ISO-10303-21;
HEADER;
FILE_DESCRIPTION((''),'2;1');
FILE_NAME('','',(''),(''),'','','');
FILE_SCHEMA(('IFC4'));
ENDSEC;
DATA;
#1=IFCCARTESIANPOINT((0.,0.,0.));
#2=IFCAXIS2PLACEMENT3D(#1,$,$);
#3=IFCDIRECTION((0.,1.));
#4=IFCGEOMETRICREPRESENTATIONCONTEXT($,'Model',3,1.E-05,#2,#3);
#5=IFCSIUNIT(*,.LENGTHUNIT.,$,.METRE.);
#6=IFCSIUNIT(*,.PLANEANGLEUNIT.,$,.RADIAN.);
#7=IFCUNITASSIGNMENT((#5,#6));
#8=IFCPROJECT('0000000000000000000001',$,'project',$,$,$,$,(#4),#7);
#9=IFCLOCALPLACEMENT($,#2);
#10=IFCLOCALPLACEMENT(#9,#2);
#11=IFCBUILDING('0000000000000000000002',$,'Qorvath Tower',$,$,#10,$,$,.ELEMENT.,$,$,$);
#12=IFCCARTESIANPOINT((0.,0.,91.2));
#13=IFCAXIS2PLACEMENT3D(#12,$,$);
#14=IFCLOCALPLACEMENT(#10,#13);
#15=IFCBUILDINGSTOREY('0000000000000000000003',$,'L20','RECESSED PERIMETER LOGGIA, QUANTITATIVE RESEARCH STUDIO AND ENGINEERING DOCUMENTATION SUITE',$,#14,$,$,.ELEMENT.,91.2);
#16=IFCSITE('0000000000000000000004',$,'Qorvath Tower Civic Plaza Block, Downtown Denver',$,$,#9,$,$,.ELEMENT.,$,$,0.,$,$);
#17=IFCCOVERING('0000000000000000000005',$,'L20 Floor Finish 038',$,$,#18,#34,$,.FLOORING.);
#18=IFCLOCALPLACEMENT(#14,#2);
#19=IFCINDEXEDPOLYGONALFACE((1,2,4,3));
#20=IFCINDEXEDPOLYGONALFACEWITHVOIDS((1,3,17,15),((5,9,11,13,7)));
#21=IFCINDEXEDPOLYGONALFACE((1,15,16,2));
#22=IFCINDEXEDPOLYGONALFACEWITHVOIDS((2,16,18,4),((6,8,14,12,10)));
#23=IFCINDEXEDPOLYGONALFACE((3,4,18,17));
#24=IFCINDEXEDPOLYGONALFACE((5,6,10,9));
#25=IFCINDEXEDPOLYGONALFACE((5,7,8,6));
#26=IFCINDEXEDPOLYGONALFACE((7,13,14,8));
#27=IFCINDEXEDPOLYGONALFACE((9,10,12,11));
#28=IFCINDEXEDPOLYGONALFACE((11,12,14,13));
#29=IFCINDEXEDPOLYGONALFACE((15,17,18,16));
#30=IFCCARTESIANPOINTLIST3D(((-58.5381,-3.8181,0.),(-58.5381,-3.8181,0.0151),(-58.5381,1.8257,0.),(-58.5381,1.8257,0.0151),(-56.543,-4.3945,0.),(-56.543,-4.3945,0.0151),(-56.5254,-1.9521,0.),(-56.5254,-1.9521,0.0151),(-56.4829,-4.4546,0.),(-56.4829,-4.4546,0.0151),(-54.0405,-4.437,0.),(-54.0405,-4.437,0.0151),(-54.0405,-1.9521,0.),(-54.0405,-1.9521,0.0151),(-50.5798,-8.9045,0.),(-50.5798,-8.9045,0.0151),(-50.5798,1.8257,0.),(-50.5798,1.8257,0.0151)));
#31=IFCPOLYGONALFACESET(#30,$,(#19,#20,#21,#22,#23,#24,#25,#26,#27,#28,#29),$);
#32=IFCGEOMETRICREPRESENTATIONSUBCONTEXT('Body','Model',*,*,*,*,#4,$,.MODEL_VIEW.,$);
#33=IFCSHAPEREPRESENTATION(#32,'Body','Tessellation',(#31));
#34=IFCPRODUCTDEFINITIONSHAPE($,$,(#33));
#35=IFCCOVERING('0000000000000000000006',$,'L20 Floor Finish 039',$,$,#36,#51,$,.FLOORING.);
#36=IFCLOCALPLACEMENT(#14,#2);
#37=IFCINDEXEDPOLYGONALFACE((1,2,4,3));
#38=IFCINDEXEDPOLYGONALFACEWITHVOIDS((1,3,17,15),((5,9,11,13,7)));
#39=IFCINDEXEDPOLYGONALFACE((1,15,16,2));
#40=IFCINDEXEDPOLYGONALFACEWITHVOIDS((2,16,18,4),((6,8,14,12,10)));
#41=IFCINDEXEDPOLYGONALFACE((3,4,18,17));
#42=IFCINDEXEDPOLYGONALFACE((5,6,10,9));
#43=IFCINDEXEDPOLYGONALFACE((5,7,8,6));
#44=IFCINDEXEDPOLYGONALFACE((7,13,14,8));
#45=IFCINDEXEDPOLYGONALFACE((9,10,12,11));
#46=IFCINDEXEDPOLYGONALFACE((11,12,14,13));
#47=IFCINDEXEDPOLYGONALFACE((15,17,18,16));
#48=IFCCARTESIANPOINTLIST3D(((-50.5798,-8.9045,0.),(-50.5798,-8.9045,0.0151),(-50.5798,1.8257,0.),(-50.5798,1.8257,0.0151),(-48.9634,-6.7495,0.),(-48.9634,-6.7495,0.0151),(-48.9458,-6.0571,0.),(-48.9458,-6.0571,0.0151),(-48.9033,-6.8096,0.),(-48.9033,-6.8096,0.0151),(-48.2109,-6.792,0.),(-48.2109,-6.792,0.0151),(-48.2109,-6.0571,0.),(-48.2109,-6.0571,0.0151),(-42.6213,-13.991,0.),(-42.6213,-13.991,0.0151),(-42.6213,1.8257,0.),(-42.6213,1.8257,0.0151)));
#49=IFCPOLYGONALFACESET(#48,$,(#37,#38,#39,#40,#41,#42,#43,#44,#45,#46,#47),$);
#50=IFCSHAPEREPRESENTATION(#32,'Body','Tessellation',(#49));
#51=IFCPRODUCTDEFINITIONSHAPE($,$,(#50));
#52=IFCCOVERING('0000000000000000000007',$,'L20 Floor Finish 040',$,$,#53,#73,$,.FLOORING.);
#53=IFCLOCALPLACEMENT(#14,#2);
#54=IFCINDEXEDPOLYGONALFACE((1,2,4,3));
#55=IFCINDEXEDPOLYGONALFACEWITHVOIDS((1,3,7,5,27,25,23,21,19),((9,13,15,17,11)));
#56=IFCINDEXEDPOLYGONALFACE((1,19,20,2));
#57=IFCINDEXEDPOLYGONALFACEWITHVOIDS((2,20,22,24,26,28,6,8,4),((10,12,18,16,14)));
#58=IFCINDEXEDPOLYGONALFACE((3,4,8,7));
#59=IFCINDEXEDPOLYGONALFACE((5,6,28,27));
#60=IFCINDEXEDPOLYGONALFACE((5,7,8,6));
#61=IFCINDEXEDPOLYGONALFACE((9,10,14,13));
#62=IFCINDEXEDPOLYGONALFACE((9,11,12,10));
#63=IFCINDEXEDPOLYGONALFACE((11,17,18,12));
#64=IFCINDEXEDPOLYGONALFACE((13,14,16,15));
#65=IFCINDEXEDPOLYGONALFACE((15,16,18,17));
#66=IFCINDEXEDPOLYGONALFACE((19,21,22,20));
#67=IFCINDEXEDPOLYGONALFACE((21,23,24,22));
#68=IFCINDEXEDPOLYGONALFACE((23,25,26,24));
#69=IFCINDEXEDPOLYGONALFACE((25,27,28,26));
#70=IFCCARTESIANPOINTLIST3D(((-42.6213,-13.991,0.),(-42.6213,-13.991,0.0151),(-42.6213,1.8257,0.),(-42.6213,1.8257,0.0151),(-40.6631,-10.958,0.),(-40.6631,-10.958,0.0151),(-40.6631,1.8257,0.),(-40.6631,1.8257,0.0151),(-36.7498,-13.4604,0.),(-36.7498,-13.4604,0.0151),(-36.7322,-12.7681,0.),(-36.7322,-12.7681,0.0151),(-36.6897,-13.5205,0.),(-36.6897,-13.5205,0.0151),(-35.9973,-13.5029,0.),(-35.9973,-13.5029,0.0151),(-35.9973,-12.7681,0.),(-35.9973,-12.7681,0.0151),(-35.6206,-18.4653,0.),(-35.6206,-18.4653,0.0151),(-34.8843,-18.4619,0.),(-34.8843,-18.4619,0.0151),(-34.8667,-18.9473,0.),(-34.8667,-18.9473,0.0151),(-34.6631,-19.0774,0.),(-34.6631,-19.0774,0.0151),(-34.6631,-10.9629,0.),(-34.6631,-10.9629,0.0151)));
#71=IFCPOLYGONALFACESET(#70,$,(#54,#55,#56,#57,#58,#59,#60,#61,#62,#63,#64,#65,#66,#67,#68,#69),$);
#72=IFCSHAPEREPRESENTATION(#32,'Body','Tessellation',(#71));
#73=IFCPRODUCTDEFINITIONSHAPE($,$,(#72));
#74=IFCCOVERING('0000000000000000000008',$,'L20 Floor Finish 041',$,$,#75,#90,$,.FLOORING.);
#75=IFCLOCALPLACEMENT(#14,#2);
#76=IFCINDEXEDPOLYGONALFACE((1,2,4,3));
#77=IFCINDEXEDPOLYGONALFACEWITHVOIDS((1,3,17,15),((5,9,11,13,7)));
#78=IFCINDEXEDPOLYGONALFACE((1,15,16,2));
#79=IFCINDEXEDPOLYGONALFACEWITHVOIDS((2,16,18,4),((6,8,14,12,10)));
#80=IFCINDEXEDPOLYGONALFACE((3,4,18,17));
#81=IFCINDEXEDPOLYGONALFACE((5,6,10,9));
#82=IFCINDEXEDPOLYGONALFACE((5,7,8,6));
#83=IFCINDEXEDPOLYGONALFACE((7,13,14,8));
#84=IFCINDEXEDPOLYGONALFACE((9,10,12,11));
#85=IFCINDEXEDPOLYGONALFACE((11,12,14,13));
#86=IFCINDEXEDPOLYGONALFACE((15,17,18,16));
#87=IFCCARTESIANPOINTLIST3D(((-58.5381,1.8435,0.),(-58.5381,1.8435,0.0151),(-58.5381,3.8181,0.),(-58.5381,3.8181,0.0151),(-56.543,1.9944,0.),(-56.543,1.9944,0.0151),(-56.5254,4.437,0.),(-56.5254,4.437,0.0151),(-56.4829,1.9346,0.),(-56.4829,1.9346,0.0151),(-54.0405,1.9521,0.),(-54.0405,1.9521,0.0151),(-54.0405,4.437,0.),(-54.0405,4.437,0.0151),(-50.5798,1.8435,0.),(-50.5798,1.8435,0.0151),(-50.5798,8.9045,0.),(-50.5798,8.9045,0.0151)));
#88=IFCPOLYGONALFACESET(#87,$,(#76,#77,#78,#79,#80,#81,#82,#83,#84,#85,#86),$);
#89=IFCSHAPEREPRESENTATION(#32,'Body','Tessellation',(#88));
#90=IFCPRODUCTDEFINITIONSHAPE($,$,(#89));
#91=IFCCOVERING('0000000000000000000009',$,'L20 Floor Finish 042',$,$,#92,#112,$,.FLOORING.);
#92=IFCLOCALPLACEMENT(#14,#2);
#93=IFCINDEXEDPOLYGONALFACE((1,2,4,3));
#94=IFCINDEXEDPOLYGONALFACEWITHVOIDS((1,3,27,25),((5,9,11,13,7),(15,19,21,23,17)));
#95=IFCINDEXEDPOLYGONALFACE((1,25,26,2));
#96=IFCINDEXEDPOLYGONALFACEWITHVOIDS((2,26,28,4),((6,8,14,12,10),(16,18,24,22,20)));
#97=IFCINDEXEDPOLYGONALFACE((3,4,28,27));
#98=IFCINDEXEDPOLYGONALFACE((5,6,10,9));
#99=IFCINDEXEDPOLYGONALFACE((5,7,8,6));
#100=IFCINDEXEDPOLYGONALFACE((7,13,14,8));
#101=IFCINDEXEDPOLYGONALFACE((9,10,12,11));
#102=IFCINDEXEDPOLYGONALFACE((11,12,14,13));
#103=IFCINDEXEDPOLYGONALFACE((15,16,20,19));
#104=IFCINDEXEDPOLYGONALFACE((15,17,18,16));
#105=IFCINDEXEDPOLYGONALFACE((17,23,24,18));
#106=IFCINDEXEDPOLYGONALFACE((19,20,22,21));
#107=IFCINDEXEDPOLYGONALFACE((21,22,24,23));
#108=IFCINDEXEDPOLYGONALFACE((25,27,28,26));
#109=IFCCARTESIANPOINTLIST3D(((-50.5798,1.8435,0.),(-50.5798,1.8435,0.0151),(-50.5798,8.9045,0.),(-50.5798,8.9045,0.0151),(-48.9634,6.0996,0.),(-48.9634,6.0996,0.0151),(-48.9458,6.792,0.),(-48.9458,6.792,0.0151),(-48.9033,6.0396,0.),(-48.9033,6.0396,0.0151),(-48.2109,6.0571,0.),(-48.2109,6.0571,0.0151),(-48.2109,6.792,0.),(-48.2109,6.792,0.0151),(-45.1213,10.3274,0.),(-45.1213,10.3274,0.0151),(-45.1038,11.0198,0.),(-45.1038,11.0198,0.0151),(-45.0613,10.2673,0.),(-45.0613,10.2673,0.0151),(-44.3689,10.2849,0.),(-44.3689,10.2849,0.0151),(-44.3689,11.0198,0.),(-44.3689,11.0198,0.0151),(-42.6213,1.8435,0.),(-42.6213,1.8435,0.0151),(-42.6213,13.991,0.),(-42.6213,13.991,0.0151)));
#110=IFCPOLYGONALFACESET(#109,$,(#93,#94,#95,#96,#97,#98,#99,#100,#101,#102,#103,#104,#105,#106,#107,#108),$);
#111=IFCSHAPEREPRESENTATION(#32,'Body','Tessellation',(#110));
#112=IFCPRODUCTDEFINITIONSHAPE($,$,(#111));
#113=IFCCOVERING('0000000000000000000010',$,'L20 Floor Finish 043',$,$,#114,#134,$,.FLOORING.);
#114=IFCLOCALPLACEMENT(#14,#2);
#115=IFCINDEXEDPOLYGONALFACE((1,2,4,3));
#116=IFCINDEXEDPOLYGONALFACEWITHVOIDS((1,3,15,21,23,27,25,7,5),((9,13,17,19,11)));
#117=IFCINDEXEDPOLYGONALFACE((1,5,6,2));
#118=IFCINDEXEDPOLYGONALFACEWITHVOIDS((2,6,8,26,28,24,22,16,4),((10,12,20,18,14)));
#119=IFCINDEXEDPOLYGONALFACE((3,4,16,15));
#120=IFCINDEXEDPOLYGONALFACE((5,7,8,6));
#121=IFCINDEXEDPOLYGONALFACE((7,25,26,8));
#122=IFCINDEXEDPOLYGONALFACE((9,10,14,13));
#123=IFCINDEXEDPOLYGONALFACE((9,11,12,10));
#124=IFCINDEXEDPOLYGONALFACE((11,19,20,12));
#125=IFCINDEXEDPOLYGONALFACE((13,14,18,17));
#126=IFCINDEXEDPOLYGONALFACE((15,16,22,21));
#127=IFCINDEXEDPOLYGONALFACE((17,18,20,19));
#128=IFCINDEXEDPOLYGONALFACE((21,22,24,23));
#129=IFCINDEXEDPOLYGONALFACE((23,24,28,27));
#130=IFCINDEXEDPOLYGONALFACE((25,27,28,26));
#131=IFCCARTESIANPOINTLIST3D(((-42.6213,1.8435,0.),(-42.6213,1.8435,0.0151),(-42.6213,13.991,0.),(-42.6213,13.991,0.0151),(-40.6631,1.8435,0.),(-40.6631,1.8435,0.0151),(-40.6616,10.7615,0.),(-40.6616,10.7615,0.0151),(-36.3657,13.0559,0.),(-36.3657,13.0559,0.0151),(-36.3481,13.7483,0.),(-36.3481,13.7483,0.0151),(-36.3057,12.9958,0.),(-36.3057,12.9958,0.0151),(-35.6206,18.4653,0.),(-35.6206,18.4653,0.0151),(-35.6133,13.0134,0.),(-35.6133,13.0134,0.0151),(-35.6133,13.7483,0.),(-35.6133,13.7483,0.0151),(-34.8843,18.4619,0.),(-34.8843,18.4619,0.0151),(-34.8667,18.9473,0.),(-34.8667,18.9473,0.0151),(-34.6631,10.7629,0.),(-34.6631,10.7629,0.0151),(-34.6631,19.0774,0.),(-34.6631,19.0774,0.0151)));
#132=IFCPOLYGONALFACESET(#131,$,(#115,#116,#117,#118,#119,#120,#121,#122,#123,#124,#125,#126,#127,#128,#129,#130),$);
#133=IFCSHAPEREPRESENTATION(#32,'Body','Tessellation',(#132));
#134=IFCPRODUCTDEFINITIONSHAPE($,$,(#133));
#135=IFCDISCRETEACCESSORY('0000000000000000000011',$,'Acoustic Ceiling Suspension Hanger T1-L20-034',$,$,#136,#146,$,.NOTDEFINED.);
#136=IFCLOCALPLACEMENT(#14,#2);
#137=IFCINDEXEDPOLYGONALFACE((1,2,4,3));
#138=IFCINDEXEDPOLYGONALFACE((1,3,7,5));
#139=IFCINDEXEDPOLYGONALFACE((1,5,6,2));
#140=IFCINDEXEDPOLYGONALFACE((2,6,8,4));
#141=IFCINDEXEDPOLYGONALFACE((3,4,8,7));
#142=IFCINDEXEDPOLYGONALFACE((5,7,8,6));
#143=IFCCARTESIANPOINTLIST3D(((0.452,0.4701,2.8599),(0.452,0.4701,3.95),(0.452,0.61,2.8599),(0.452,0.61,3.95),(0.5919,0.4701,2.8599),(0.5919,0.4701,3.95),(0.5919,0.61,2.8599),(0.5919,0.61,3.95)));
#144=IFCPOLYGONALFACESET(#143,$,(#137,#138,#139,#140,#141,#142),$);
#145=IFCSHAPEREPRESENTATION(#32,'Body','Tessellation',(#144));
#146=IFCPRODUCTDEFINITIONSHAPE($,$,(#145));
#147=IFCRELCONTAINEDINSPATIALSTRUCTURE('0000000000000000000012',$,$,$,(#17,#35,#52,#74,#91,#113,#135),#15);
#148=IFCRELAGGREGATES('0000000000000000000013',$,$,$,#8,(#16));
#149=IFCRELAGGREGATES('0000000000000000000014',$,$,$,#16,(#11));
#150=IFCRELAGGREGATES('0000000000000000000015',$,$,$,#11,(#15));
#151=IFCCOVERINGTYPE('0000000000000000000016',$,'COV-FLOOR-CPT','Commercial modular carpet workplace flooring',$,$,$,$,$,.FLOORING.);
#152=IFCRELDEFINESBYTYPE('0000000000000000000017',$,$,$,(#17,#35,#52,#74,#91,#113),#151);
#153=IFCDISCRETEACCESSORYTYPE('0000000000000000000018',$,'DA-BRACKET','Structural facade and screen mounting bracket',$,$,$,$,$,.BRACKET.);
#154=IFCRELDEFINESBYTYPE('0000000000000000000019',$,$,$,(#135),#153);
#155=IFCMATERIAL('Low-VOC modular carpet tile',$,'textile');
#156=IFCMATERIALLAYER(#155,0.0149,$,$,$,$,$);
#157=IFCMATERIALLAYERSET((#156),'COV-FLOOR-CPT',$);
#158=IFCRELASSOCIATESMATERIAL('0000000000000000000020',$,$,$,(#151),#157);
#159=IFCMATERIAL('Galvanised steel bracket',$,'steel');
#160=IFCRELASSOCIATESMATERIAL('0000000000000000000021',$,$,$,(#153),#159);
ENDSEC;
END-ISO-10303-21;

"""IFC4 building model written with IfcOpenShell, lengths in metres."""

from ifc_helpers import new_model, si_unit, direction, frame, origin, origin_2d, place, context, subcontext, project, spatial, polyline, rectangle, outline, extrude, material, layer, layer_set, type_object, element, save


model = new_model("IFC4")

# Units and contexts
model_context = context("Model", 3, precision=1e-05, world=origin(), true_north=direction((0.0, 1.0)))
body_context = subcontext(model_context, "Body", "Model", "MODEL_VIEW")
ifc_project = project(units=[si_unit("LENGTHUNIT", "METRE"), si_unit("PLANEANGLEUNIT", "RADIAN")], contexts=[model_context])

# Site, building, storey
site_placement = place(None, origin())
site = spatial("IfcSite", under=ifc_project, at=site_placement, Name="Qorvath Tower Civic Plaza Block, Downtown Denver", CompositionType="ELEMENT", RefElevation=0.0)
building_placement = place(site_placement, origin())
building = spatial("IfcBuilding", under=site, at=building_placement, Name="Qorvath Tower", CompositionType="ELEMENT")
storey_placement = place(building_placement, frame((0.0, 0.0, 91.2)))
storey = spatial("IfcBuildingStorey", under=building, at=storey_placement, Name="L20", Description="RECESSED PERIMETER LOGGIA, QUANTITATIVE RESEARCH STUDIO AND ENGINEERING DOCUMENTATION SUITE", CompositionType="ELEMENT", Elevation=91.2)

# Coverings
ifc_material_1 = material(Name="Low-VOC modular carpet tile", Category="textile")
ifc_layer_1 = layer(ifc_material_1, 0.0149)
ifc_layer_set_1 = layer_set([ifc_layer_1], Name="COV-FLOOR-CPT")
covering_type_1 = type_object("IfcCoveringType", Name="COV-FLOOR-CPT", Description="Commercial modular carpet workplace flooring", PredefinedType="FLOORING", material=ifc_layer_set_1)
covering_1_placement = place(storey_placement, origin())
element("IfcCovering", 1, at=covering_1_placement, inside=storey, type_object=covering_type_1, Name="L20 Floor Finish 038", PredefinedType="FLOORING", context=body_context, shape_type="SweptSolid", body=[
    extrude(outline(polyline([(-58.5381, 1.8257), (-58.5381, -3.8181), (-50.5798, -8.9045), (-50.5798, 1.8257), (-58.5381, 1.8257)]), holes=[polyline([(-56.543, -4.3945), (-56.5254, -1.9521), (-54.0405, -1.9521), (-54.0405, -4.437), (-56.4829, -4.4546), (-56.543, -4.3945)])]), origin(), (0.0, 0.0, 1.0), 0.0151),
])
covering_2_placement = place(storey_placement, origin())
element("IfcCovering", 2, at=covering_2_placement, inside=storey, type_object=covering_type_1, Name="L20 Floor Finish 039", PredefinedType="FLOORING", context=body_context, shape_type="SweptSolid", body=[
    extrude(outline(polyline([(-50.5798, 1.8257), (-50.5798, -8.9045), (-42.6213, -13.991), (-42.6213, 1.8257), (-50.5798, 1.8257)]), holes=[polyline([(-48.9634, -6.7495), (-48.9458, -6.0571), (-48.2109, -6.0571), (-48.2109, -6.792), (-48.9033, -6.8096), (-48.9634, -6.7495)])]), origin(), (0.0, 0.0, 1.0), 0.0151),
])
covering_3_placement = place(storey_placement, origin())
element("IfcCovering", 3, at=covering_3_placement, inside=storey, type_object=covering_type_1, Name="L20 Floor Finish 040", PredefinedType="FLOORING", context=body_context, shape_type="SweptSolid", body=[
    extrude(outline(polyline([(-42.6213, 1.8257), (-42.6213, -13.991), (-35.6206, -18.4653), (-34.8843, -18.4619), (-34.8667, -18.9473), (-34.6631, -19.0774), (-34.6631, -10.9629), (-40.6631, -10.958), (-40.6631, 1.8257), (-42.6213, 1.8257)]), holes=[polyline([(-36.7498, -13.4604), (-36.7322, -12.7681), (-35.9973, -12.7681), (-35.9973, -13.5029), (-36.6897, -13.5205), (-36.7498, -13.4604)])]), origin(), (0.0, 0.0, 1.0), 0.0151),
])
covering_4_placement = place(storey_placement, origin())
element("IfcCovering", 4, at=covering_4_placement, inside=storey, type_object=covering_type_1, Name="L20 Floor Finish 041", PredefinedType="FLOORING", context=body_context, shape_type="SweptSolid", body=[
    extrude(outline(polyline([(-50.5798, 1.8435), (-50.5798, 8.9045), (-58.5381, 3.8181), (-58.5381, 1.8435), (-50.5798, 1.8435)]), holes=[polyline([(-56.543, 1.9944), (-56.5254, 4.437), (-54.0405, 4.437), (-54.0405, 1.9521), (-56.4829, 1.9346), (-56.543, 1.9944)])]), origin(), (0.0, 0.0, 1.0), 0.0151),
])
covering_5_placement = place(storey_placement, origin())
element("IfcCovering", 5, at=covering_5_placement, inside=storey, type_object=covering_type_1, Name="L20 Floor Finish 042", PredefinedType="FLOORING", context=body_context, shape_type="SweptSolid", body=[
    extrude(outline(polyline([(-42.6213, 1.8435), (-42.6213, 13.991), (-50.5798, 8.9045), (-50.5798, 1.8435), (-42.6213, 1.8435)]), holes=[polyline([(-45.1213, 10.3274), (-45.1038, 11.0198), (-44.3689, 11.0198), (-44.3689, 10.2849), (-45.0613, 10.2673), (-45.1213, 10.3274)]), polyline([(-48.9634, 6.0996), (-48.9458, 6.792), (-48.2109, 6.792), (-48.2109, 6.0571), (-48.9033, 6.0396), (-48.9634, 6.0996)])]), origin(), (0.0, 0.0, 1.0), 0.0151),
])
covering_6_placement = place(storey_placement, origin())
element("IfcCovering", 6, at=covering_6_placement, inside=storey, type_object=covering_type_1, Name="L20 Floor Finish 043", PredefinedType="FLOORING", context=body_context, shape_type="SweptSolid", body=[
    extrude(outline(polyline([(-34.6631, 10.7629), (-34.6631, 19.0774), (-34.8667, 18.9473), (-34.8843, 18.4619), (-35.6206, 18.4653), (-42.6213, 13.991), (-42.6213, 1.8435), (-40.6631, 1.8435), (-40.6616, 10.7615), (-34.6631, 10.7629)]), holes=[polyline([(-36.3657, 13.0559), (-36.3481, 13.7483), (-35.6133, 13.7483), (-35.6133, 13.0134), (-36.3057, 12.9958), (-36.3657, 13.0559)])]), origin(), (0.0, 0.0, 1.0), 0.0151),
])

# Discrete accessory
ifc_material_2 = material(Name="Galvanised steel bracket", Category="steel")
discrete_accessory_type = type_object("IfcDiscreteAccessoryType", Name="DA-BRACKET", Description="Structural facade and screen mounting bracket", PredefinedType="BRACKET", material=ifc_material_2)
discrete_accessory_placement = place(storey_placement, frame((0.522, 0.54, 2.8599), z_axis=(0.0, 0.0, 1.0), x_axis=(1.0, 0.0, 0.0)))
element("IfcDiscreteAccessory", 7, at=discrete_accessory_placement, inside=storey, type_object=discrete_accessory_type, Name="Acoustic Ceiling Suspension Hanger T1-L20-034", PredefinedType="NOTDEFINED", context=body_context, shape_type="SweptSolid", body=[
    extrude(rectangle(XDim=0.1399, YDim=0.1399, at=origin_2d()), origin(), (0.0, 0.0, 1.0), 1.0901),
])

save(model, "model.ifc")
